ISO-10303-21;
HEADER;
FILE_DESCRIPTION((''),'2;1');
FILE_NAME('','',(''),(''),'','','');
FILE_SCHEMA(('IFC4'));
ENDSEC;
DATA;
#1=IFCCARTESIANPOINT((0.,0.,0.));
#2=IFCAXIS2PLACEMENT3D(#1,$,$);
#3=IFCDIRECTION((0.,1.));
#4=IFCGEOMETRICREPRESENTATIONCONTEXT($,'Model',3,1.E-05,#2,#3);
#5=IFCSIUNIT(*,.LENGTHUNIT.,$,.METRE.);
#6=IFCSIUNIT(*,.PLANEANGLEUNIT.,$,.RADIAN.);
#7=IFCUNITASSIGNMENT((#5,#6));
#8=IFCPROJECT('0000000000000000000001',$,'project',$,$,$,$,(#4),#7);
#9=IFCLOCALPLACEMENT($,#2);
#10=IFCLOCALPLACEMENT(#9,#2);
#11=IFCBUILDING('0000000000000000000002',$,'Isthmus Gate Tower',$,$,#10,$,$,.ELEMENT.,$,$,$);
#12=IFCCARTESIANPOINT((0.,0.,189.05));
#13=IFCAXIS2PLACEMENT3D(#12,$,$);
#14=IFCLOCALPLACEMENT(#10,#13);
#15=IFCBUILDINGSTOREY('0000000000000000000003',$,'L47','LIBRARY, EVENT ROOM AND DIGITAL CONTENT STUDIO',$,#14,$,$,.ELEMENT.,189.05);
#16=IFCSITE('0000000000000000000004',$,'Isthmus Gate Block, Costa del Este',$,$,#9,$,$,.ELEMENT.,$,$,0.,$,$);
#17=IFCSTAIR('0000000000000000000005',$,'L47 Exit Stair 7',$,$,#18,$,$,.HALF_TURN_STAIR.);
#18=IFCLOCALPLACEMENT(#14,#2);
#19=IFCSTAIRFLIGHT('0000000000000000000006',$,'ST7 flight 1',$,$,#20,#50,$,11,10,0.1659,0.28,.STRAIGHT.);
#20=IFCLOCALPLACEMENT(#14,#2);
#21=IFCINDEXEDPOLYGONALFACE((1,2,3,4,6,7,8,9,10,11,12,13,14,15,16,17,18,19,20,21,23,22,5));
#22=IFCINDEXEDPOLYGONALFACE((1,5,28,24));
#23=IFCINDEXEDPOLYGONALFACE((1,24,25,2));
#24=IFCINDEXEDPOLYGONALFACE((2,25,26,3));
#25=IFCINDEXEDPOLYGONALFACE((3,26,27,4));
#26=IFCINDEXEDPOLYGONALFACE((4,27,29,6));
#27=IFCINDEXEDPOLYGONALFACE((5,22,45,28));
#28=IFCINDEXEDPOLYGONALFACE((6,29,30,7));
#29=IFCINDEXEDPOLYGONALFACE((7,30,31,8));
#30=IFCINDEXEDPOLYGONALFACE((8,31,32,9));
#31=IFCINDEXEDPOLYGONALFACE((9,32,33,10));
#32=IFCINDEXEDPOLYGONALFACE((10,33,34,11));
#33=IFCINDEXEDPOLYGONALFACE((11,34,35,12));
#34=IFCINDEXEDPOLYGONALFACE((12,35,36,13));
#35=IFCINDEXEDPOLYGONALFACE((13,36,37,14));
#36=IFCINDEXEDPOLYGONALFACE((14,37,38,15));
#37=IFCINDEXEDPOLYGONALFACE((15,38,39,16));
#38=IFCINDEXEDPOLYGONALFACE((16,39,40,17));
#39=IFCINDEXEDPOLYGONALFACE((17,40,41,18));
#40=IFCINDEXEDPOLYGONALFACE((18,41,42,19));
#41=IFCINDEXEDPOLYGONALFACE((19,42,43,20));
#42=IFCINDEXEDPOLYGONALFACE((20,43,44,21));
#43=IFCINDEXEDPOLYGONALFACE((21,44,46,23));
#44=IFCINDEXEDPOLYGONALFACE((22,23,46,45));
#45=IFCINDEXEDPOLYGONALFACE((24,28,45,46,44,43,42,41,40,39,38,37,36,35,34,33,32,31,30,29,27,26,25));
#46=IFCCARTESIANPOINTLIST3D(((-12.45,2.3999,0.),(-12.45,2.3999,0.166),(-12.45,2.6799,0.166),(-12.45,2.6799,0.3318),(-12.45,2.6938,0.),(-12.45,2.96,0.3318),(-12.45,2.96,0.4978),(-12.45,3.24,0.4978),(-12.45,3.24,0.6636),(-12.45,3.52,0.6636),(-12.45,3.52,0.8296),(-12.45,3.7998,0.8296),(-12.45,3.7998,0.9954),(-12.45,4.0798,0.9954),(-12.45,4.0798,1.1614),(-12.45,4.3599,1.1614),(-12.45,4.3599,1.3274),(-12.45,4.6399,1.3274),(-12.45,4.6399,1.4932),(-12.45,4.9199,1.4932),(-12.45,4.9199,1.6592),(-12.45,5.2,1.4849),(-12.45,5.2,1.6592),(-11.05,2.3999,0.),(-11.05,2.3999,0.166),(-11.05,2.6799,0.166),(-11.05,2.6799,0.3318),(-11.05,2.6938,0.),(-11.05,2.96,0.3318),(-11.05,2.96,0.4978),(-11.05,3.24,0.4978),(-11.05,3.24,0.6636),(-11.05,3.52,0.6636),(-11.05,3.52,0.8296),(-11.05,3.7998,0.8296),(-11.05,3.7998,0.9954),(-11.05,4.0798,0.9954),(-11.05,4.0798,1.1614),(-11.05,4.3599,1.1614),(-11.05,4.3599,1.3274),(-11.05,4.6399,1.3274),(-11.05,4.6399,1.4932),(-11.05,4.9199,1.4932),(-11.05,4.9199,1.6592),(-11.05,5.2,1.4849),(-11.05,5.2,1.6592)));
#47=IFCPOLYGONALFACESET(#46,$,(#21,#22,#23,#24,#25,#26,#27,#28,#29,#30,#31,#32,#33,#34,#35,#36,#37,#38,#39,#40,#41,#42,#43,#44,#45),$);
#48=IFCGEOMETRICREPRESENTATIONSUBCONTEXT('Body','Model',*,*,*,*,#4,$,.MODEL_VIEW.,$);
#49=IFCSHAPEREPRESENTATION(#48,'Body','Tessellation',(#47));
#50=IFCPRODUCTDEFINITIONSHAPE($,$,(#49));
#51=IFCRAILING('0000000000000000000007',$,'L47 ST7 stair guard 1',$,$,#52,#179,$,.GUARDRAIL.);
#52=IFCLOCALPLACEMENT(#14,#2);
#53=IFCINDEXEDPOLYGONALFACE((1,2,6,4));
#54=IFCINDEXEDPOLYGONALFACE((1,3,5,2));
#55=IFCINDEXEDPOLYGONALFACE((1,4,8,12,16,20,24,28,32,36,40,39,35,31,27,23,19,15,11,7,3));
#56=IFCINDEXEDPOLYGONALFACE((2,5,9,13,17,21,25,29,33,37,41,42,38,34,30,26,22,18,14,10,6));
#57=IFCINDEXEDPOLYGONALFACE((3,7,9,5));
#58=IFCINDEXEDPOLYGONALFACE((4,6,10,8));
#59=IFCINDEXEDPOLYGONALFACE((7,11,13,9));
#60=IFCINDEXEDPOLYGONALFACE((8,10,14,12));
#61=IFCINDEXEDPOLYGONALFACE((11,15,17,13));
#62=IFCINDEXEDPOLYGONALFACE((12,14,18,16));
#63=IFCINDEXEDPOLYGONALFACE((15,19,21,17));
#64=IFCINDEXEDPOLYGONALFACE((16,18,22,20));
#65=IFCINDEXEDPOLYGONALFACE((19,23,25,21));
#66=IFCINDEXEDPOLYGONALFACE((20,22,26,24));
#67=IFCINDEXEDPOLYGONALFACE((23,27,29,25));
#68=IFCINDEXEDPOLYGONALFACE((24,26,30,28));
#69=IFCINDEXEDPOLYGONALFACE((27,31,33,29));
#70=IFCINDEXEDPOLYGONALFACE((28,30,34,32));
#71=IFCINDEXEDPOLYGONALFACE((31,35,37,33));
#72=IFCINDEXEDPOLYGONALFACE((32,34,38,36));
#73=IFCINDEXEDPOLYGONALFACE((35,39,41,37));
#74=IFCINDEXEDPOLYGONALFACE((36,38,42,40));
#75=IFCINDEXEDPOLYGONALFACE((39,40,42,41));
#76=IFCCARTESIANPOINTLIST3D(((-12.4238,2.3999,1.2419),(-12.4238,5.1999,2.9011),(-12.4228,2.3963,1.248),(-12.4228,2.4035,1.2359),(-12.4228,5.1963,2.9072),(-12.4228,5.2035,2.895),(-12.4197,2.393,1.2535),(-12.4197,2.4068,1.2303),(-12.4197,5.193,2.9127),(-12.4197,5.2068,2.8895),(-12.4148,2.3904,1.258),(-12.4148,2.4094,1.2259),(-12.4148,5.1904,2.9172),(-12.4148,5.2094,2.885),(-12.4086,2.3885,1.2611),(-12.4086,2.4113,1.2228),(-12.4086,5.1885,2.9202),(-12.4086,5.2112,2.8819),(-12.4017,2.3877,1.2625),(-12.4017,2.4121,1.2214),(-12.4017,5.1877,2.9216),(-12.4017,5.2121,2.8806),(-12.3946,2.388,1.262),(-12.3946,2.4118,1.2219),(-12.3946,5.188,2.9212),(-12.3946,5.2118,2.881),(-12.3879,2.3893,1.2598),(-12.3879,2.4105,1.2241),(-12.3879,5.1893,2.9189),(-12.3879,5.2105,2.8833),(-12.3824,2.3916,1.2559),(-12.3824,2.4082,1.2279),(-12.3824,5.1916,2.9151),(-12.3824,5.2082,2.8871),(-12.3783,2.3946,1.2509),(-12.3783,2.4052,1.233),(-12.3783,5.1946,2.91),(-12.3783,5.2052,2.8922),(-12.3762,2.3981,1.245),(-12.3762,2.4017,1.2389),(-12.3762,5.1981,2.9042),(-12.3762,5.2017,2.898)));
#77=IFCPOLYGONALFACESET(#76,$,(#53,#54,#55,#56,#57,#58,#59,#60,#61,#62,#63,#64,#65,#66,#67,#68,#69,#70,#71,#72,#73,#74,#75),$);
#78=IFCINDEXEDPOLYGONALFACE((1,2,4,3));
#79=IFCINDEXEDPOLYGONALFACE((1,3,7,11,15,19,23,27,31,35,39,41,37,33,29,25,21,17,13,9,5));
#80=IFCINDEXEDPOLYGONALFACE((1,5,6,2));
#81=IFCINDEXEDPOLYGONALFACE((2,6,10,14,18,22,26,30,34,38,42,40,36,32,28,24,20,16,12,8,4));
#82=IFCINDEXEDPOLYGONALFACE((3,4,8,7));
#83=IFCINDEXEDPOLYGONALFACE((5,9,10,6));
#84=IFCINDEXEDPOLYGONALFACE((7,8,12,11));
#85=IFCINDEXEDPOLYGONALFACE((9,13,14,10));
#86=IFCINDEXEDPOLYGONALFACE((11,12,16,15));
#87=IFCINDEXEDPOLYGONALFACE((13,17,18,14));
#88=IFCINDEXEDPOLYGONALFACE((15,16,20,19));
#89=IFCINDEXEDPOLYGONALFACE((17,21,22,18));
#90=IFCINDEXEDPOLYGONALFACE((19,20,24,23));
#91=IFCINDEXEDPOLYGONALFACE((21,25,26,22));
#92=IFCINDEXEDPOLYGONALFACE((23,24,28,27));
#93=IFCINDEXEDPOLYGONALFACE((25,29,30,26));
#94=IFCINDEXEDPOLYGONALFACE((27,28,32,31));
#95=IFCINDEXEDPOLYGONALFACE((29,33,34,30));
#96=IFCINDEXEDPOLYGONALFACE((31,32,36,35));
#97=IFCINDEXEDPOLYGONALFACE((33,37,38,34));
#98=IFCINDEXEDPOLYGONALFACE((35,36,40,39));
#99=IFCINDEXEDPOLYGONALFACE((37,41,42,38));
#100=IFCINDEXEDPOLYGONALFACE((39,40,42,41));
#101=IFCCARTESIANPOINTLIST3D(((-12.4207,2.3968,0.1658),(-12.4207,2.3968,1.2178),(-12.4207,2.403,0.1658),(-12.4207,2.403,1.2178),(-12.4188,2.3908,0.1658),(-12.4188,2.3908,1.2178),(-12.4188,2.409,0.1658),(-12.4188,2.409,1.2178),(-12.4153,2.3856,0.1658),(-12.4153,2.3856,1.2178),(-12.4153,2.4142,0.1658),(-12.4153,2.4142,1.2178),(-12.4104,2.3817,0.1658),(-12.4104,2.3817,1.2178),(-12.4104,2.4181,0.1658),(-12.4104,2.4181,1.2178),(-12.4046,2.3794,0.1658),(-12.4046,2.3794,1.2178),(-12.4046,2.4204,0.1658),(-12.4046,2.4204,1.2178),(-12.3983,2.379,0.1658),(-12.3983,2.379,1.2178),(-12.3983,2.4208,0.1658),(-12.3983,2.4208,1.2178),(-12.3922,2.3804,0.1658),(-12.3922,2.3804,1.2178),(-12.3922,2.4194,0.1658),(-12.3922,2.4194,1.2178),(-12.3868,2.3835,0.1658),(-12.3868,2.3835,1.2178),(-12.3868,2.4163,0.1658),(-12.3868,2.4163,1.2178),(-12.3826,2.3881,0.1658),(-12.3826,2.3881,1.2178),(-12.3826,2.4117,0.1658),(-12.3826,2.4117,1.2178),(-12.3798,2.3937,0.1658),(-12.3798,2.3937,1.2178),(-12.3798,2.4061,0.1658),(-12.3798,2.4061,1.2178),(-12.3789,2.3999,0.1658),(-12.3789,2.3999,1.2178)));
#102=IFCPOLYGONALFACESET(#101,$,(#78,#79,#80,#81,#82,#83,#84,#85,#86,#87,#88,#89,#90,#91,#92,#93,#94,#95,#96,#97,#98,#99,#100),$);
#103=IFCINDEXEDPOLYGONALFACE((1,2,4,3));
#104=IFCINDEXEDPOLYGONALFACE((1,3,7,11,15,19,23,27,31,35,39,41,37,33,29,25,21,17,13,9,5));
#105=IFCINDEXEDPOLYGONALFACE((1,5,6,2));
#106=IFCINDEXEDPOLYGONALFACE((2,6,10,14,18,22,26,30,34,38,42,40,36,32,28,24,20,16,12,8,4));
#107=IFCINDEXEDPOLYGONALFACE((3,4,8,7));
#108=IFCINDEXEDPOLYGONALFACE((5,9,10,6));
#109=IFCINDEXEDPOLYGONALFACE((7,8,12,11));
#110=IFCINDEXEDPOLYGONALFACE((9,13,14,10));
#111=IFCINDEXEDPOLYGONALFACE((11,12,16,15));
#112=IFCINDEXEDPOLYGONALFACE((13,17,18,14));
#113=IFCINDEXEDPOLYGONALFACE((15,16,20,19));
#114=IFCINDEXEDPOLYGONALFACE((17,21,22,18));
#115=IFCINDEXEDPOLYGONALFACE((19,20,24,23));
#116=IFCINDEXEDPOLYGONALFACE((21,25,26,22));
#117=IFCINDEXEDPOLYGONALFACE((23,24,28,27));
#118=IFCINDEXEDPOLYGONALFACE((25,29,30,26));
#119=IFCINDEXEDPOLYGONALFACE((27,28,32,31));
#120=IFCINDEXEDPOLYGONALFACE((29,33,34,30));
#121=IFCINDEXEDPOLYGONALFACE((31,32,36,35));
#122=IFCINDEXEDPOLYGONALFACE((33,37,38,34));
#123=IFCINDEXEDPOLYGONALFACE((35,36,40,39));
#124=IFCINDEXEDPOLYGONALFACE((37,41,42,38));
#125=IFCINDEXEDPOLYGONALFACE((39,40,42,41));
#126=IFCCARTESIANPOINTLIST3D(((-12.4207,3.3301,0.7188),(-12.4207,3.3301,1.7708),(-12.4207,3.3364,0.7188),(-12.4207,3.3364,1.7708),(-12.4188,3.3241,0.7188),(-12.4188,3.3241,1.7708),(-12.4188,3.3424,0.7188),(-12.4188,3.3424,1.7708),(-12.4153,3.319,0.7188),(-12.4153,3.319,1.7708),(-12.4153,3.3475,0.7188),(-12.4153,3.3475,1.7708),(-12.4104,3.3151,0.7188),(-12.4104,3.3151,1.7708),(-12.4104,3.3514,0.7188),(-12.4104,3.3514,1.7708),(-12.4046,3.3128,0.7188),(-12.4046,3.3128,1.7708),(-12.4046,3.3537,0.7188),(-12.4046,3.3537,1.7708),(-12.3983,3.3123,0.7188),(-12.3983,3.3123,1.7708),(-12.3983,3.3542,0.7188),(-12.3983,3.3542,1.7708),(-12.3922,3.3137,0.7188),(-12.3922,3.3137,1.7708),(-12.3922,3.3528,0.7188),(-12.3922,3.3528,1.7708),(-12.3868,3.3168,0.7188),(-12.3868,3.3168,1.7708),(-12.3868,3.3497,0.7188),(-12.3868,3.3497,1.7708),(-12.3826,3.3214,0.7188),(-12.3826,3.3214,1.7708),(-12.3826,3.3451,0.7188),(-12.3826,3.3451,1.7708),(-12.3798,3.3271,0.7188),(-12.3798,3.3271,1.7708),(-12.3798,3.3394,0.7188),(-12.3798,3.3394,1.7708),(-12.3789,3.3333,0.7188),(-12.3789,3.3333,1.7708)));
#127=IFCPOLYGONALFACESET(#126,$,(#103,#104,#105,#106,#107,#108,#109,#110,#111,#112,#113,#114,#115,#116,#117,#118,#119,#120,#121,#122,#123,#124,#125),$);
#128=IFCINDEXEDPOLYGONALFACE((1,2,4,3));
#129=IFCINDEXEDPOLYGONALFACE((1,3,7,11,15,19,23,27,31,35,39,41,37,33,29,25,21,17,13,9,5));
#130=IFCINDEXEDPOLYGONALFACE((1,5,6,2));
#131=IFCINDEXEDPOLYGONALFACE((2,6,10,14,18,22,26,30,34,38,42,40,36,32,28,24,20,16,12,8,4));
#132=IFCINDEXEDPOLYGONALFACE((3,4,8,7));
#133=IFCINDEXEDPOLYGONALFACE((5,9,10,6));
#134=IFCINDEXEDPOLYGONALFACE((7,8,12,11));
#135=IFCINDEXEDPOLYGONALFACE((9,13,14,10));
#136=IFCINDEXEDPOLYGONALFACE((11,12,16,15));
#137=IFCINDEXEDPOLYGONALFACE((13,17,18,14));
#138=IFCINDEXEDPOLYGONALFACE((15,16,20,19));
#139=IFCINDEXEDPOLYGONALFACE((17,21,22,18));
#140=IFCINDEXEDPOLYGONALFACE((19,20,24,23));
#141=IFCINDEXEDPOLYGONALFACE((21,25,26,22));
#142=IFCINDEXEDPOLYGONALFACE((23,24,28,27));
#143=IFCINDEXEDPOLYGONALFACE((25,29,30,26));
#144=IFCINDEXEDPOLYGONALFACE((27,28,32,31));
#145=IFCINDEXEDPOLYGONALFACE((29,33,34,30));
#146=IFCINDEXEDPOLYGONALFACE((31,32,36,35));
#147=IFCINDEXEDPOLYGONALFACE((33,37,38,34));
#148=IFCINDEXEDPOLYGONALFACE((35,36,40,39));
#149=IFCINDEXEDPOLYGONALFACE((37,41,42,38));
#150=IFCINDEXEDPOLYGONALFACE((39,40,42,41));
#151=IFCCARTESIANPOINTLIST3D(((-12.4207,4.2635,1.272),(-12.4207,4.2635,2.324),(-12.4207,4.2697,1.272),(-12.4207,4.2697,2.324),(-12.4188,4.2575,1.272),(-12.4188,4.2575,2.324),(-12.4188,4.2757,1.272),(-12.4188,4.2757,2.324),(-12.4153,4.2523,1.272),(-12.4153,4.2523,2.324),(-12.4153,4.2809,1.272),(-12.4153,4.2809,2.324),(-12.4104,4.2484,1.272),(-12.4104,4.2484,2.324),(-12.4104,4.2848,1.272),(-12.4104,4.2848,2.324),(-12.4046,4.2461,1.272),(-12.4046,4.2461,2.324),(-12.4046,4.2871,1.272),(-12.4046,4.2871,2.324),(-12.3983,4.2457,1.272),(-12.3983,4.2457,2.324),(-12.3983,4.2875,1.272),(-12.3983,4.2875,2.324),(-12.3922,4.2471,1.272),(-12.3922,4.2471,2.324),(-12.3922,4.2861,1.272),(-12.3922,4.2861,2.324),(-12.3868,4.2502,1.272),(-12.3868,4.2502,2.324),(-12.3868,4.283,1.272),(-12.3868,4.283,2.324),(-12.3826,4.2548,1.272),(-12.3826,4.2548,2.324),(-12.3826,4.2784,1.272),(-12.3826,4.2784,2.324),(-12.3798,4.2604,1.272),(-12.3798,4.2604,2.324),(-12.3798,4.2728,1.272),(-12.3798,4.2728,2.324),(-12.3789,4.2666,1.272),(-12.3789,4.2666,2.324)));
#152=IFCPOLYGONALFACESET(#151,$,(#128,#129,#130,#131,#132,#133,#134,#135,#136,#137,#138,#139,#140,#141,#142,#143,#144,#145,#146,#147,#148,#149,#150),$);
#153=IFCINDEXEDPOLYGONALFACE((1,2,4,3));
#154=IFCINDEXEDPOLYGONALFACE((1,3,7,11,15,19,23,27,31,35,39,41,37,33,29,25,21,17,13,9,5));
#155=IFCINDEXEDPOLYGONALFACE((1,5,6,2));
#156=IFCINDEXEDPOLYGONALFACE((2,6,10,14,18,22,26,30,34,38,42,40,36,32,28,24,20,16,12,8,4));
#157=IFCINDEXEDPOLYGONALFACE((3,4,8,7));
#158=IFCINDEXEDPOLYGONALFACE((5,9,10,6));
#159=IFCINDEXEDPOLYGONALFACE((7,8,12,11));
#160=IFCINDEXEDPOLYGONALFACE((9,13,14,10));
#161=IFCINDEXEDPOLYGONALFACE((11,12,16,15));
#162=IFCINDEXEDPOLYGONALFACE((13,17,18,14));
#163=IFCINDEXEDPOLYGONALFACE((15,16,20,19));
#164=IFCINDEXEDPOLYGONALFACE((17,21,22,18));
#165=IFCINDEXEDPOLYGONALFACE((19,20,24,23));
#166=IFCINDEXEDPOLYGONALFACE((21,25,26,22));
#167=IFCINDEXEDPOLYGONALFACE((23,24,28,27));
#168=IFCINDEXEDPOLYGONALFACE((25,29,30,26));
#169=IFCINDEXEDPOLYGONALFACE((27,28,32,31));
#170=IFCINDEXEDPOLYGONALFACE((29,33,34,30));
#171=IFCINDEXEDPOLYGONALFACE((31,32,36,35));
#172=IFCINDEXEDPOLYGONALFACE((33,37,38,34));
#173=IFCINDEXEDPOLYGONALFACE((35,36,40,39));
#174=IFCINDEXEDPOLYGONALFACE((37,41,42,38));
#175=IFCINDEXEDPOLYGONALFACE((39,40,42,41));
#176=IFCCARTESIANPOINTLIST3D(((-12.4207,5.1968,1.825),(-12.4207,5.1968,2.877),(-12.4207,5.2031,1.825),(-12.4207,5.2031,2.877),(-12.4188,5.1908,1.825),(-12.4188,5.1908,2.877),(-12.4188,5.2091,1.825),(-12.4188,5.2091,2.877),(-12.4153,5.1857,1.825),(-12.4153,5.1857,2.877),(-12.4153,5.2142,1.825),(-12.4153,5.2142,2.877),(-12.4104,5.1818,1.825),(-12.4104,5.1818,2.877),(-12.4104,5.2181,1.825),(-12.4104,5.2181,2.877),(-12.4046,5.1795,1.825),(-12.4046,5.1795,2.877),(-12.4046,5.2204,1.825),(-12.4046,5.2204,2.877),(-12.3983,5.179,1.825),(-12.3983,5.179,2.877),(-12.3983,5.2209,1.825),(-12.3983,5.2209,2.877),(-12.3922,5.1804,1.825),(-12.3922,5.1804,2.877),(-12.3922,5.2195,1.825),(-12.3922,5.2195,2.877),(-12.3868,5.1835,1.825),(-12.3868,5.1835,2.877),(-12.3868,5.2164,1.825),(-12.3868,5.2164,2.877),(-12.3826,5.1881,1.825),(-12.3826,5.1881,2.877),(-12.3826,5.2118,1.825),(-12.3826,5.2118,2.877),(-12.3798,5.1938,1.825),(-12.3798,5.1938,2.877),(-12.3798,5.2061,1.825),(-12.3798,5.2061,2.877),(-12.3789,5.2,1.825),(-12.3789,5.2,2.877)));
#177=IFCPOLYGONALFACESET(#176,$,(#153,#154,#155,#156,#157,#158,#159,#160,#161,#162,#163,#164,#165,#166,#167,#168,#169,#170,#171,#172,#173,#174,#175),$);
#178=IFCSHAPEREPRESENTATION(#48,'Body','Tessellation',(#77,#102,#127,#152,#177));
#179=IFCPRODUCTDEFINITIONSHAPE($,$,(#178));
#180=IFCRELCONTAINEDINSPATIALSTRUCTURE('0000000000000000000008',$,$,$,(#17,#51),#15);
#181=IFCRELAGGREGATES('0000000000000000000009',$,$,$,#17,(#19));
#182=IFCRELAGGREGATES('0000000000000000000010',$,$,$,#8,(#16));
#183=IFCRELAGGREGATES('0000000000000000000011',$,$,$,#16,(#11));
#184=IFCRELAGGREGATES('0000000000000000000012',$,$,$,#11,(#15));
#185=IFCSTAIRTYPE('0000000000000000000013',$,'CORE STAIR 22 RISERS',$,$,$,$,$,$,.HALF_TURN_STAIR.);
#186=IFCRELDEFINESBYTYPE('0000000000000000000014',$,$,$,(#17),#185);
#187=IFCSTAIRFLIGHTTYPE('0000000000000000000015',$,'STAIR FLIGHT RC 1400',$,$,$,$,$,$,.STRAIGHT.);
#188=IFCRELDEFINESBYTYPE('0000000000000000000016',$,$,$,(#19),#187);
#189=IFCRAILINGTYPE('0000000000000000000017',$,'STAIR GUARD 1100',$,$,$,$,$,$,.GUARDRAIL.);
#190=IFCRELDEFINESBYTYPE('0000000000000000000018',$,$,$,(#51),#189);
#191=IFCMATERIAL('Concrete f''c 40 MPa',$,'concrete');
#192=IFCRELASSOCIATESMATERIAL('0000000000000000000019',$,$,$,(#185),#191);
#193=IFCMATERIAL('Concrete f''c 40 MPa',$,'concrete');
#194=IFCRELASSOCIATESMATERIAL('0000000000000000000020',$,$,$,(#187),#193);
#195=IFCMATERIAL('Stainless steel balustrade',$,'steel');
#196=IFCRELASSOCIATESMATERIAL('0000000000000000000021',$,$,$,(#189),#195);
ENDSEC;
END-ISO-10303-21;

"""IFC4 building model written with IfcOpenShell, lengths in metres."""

from ifc_helpers import new_model, si_unit, direction, frame, origin, origin_2d, place, context, subcontext, project, spatial, polyline, circle, outline, extrude, material, type_object, element, aggregate, save


model = new_model("IFC4")

# Units and contexts
model_context = context("Model", 3, precision=1e-05, world=origin(), true_north=direction((0.0, 1.0)))
body_context = subcontext(model_context, "Body", "Model", "MODEL_VIEW")
ifc_project = project(units=[si_unit("LENGTHUNIT", "METRE"), si_unit("PLANEANGLEUNIT", "RADIAN")], contexts=[model_context])

# Site, building, storey
site_placement = place(None, origin())
site = spatial("IfcSite", under=ifc_project, at=site_placement, Name="Isthmus Gate Block, Costa del Este", CompositionType="ELEMENT", RefElevation=0.0)
building_placement = place(site_placement, origin())
building = spatial("IfcBuilding", under=site, at=building_placement, Name="Isthmus Gate Tower", CompositionType="ELEMENT")
storey_placement = place(building_placement, frame((0.0, 0.0, 189.05)))
storey = spatial("IfcBuildingStorey", under=building, at=storey_placement, Name="L47", Description="LIBRARY, EVENT ROOM AND DIGITAL CONTENT STUDIO", CompositionType="ELEMENT", Elevation=189.05)

# Stair, stair flight
ifc_material_1 = material(Name="Concrete f'c 40 MPa", Category="concrete")
stair_type = type_object("IfcStairType", Name="CORE STAIR 22 RISERS", PredefinedType="HALF_TURN_STAIR", material=ifc_material_1)
stair_placement = place(storey_placement, origin())
stair = element("IfcStair", 1, at=stair_placement, inside=storey, type_object=stair_type, Name="L47 Exit Stair 7", PredefinedType="HALF_TURN_STAIR")
ifc_material_2 = material(Name="Concrete f'c 40 MPa", Category="concrete")
stair_flight_type = type_object("IfcStairFlightType", Name="STAIR FLIGHT RC 1400", PredefinedType="STRAIGHT", material=ifc_material_2)
stair_flight_placement = place(storey_placement, frame((-11.75, 2.3999, 0.0), z_axis=(0.0, 0.0, 1.0), x_axis=(0.0, 1.0, 0.0)))
stair_flight = element("IfcStairFlight", 2, at=stair_flight_placement, type_object=stair_flight_type, Name="ST7 flight 1", NumberOfRisers=11, NumberOfTreads=10, PredefinedType="STRAIGHT", RiserHeight=0.1659, TreadLength=0.28, context=body_context, shape_type="SweptSolid", body=[
    extrude(outline(polyline([(0.0, 0.0), (0.0, 0.166), (0.28, 0.166), (0.28, 0.3318), (0.5601, 0.3318), (0.5601, 0.4978), (0.8401, 0.4978), (0.8401, 0.6636), (1.1201, 0.6636), (1.1201, 0.8296), (1.3999, 0.8296), (1.3999, 0.9954), (1.6799, 0.9954), (1.6799, 1.1614), (1.96, 1.1614), (1.96, 1.3274), (2.24, 1.3274), (2.24, 1.4932), (2.52, 1.4932), (2.52, 1.6592), (2.8, 1.6592), (2.8, 1.825), (2.8, 1.4849), (0.2939, 0.0), (0.0, 0.0)])), frame((0.0, 0.7, 0.0), z_axis=(0.0, -1.0, 0.0), x_axis=(1.0, 0.0, 0.0)), (0.0, 0.0, 1.0), 1.3999),
])
aggregate(stair, [stair_flight])

# Railing
ifc_material_3 = material(Name="Stainless steel balustrade", Category="steel")
railing_type_1 = type_object("IfcRailingType", Name="STAIR GUARD 1100", PredefinedType="GUARDRAIL", material=ifc_material_3)
railing_1_placement = place(storey_placement, frame((-12.3999, 2.3999, 0.1658)))
element("IfcRailing", 3, at=railing_1_placement, inside=storey, type_object=railing_type_1, Name="L47 ST7 stair guard 1", PredefinedType="GUARDRAIL", context=body_context, shape_type="SweptSolid", body=[
    extrude(circle(Radius=0.0239, at=origin_2d()), frame((0.0, 0.0, 1.0762), z_axis=(0.0, 0.860306, 0.509778), x_axis=(-1.0, 0.0, 0.0)), (0.0, 0.0, 1.0), 3.2546),
    extrude(circle(Radius=0.021, at=origin_2d()), origin(), (0.0, 0.0, 1.0), 1.052),
    extrude(circle(Radius=0.021, at=origin_2d()), frame((0.0, 0.9333, 0.553)), (0.0, 0.0, 1.0), 1.052),
    extrude(circle(Radius=0.021, at=origin_2d()), frame((0.0, 1.8667, 1.1062)), (0.0, 0.0, 1.0), 1.052),
    extrude(circle(Radius=0.021, at=origin_2d()), frame((0.0, 2.8, 1.6592)), (0.0, 0.0, 1.0), 1.052),
])

save(model, "model.ifc")
